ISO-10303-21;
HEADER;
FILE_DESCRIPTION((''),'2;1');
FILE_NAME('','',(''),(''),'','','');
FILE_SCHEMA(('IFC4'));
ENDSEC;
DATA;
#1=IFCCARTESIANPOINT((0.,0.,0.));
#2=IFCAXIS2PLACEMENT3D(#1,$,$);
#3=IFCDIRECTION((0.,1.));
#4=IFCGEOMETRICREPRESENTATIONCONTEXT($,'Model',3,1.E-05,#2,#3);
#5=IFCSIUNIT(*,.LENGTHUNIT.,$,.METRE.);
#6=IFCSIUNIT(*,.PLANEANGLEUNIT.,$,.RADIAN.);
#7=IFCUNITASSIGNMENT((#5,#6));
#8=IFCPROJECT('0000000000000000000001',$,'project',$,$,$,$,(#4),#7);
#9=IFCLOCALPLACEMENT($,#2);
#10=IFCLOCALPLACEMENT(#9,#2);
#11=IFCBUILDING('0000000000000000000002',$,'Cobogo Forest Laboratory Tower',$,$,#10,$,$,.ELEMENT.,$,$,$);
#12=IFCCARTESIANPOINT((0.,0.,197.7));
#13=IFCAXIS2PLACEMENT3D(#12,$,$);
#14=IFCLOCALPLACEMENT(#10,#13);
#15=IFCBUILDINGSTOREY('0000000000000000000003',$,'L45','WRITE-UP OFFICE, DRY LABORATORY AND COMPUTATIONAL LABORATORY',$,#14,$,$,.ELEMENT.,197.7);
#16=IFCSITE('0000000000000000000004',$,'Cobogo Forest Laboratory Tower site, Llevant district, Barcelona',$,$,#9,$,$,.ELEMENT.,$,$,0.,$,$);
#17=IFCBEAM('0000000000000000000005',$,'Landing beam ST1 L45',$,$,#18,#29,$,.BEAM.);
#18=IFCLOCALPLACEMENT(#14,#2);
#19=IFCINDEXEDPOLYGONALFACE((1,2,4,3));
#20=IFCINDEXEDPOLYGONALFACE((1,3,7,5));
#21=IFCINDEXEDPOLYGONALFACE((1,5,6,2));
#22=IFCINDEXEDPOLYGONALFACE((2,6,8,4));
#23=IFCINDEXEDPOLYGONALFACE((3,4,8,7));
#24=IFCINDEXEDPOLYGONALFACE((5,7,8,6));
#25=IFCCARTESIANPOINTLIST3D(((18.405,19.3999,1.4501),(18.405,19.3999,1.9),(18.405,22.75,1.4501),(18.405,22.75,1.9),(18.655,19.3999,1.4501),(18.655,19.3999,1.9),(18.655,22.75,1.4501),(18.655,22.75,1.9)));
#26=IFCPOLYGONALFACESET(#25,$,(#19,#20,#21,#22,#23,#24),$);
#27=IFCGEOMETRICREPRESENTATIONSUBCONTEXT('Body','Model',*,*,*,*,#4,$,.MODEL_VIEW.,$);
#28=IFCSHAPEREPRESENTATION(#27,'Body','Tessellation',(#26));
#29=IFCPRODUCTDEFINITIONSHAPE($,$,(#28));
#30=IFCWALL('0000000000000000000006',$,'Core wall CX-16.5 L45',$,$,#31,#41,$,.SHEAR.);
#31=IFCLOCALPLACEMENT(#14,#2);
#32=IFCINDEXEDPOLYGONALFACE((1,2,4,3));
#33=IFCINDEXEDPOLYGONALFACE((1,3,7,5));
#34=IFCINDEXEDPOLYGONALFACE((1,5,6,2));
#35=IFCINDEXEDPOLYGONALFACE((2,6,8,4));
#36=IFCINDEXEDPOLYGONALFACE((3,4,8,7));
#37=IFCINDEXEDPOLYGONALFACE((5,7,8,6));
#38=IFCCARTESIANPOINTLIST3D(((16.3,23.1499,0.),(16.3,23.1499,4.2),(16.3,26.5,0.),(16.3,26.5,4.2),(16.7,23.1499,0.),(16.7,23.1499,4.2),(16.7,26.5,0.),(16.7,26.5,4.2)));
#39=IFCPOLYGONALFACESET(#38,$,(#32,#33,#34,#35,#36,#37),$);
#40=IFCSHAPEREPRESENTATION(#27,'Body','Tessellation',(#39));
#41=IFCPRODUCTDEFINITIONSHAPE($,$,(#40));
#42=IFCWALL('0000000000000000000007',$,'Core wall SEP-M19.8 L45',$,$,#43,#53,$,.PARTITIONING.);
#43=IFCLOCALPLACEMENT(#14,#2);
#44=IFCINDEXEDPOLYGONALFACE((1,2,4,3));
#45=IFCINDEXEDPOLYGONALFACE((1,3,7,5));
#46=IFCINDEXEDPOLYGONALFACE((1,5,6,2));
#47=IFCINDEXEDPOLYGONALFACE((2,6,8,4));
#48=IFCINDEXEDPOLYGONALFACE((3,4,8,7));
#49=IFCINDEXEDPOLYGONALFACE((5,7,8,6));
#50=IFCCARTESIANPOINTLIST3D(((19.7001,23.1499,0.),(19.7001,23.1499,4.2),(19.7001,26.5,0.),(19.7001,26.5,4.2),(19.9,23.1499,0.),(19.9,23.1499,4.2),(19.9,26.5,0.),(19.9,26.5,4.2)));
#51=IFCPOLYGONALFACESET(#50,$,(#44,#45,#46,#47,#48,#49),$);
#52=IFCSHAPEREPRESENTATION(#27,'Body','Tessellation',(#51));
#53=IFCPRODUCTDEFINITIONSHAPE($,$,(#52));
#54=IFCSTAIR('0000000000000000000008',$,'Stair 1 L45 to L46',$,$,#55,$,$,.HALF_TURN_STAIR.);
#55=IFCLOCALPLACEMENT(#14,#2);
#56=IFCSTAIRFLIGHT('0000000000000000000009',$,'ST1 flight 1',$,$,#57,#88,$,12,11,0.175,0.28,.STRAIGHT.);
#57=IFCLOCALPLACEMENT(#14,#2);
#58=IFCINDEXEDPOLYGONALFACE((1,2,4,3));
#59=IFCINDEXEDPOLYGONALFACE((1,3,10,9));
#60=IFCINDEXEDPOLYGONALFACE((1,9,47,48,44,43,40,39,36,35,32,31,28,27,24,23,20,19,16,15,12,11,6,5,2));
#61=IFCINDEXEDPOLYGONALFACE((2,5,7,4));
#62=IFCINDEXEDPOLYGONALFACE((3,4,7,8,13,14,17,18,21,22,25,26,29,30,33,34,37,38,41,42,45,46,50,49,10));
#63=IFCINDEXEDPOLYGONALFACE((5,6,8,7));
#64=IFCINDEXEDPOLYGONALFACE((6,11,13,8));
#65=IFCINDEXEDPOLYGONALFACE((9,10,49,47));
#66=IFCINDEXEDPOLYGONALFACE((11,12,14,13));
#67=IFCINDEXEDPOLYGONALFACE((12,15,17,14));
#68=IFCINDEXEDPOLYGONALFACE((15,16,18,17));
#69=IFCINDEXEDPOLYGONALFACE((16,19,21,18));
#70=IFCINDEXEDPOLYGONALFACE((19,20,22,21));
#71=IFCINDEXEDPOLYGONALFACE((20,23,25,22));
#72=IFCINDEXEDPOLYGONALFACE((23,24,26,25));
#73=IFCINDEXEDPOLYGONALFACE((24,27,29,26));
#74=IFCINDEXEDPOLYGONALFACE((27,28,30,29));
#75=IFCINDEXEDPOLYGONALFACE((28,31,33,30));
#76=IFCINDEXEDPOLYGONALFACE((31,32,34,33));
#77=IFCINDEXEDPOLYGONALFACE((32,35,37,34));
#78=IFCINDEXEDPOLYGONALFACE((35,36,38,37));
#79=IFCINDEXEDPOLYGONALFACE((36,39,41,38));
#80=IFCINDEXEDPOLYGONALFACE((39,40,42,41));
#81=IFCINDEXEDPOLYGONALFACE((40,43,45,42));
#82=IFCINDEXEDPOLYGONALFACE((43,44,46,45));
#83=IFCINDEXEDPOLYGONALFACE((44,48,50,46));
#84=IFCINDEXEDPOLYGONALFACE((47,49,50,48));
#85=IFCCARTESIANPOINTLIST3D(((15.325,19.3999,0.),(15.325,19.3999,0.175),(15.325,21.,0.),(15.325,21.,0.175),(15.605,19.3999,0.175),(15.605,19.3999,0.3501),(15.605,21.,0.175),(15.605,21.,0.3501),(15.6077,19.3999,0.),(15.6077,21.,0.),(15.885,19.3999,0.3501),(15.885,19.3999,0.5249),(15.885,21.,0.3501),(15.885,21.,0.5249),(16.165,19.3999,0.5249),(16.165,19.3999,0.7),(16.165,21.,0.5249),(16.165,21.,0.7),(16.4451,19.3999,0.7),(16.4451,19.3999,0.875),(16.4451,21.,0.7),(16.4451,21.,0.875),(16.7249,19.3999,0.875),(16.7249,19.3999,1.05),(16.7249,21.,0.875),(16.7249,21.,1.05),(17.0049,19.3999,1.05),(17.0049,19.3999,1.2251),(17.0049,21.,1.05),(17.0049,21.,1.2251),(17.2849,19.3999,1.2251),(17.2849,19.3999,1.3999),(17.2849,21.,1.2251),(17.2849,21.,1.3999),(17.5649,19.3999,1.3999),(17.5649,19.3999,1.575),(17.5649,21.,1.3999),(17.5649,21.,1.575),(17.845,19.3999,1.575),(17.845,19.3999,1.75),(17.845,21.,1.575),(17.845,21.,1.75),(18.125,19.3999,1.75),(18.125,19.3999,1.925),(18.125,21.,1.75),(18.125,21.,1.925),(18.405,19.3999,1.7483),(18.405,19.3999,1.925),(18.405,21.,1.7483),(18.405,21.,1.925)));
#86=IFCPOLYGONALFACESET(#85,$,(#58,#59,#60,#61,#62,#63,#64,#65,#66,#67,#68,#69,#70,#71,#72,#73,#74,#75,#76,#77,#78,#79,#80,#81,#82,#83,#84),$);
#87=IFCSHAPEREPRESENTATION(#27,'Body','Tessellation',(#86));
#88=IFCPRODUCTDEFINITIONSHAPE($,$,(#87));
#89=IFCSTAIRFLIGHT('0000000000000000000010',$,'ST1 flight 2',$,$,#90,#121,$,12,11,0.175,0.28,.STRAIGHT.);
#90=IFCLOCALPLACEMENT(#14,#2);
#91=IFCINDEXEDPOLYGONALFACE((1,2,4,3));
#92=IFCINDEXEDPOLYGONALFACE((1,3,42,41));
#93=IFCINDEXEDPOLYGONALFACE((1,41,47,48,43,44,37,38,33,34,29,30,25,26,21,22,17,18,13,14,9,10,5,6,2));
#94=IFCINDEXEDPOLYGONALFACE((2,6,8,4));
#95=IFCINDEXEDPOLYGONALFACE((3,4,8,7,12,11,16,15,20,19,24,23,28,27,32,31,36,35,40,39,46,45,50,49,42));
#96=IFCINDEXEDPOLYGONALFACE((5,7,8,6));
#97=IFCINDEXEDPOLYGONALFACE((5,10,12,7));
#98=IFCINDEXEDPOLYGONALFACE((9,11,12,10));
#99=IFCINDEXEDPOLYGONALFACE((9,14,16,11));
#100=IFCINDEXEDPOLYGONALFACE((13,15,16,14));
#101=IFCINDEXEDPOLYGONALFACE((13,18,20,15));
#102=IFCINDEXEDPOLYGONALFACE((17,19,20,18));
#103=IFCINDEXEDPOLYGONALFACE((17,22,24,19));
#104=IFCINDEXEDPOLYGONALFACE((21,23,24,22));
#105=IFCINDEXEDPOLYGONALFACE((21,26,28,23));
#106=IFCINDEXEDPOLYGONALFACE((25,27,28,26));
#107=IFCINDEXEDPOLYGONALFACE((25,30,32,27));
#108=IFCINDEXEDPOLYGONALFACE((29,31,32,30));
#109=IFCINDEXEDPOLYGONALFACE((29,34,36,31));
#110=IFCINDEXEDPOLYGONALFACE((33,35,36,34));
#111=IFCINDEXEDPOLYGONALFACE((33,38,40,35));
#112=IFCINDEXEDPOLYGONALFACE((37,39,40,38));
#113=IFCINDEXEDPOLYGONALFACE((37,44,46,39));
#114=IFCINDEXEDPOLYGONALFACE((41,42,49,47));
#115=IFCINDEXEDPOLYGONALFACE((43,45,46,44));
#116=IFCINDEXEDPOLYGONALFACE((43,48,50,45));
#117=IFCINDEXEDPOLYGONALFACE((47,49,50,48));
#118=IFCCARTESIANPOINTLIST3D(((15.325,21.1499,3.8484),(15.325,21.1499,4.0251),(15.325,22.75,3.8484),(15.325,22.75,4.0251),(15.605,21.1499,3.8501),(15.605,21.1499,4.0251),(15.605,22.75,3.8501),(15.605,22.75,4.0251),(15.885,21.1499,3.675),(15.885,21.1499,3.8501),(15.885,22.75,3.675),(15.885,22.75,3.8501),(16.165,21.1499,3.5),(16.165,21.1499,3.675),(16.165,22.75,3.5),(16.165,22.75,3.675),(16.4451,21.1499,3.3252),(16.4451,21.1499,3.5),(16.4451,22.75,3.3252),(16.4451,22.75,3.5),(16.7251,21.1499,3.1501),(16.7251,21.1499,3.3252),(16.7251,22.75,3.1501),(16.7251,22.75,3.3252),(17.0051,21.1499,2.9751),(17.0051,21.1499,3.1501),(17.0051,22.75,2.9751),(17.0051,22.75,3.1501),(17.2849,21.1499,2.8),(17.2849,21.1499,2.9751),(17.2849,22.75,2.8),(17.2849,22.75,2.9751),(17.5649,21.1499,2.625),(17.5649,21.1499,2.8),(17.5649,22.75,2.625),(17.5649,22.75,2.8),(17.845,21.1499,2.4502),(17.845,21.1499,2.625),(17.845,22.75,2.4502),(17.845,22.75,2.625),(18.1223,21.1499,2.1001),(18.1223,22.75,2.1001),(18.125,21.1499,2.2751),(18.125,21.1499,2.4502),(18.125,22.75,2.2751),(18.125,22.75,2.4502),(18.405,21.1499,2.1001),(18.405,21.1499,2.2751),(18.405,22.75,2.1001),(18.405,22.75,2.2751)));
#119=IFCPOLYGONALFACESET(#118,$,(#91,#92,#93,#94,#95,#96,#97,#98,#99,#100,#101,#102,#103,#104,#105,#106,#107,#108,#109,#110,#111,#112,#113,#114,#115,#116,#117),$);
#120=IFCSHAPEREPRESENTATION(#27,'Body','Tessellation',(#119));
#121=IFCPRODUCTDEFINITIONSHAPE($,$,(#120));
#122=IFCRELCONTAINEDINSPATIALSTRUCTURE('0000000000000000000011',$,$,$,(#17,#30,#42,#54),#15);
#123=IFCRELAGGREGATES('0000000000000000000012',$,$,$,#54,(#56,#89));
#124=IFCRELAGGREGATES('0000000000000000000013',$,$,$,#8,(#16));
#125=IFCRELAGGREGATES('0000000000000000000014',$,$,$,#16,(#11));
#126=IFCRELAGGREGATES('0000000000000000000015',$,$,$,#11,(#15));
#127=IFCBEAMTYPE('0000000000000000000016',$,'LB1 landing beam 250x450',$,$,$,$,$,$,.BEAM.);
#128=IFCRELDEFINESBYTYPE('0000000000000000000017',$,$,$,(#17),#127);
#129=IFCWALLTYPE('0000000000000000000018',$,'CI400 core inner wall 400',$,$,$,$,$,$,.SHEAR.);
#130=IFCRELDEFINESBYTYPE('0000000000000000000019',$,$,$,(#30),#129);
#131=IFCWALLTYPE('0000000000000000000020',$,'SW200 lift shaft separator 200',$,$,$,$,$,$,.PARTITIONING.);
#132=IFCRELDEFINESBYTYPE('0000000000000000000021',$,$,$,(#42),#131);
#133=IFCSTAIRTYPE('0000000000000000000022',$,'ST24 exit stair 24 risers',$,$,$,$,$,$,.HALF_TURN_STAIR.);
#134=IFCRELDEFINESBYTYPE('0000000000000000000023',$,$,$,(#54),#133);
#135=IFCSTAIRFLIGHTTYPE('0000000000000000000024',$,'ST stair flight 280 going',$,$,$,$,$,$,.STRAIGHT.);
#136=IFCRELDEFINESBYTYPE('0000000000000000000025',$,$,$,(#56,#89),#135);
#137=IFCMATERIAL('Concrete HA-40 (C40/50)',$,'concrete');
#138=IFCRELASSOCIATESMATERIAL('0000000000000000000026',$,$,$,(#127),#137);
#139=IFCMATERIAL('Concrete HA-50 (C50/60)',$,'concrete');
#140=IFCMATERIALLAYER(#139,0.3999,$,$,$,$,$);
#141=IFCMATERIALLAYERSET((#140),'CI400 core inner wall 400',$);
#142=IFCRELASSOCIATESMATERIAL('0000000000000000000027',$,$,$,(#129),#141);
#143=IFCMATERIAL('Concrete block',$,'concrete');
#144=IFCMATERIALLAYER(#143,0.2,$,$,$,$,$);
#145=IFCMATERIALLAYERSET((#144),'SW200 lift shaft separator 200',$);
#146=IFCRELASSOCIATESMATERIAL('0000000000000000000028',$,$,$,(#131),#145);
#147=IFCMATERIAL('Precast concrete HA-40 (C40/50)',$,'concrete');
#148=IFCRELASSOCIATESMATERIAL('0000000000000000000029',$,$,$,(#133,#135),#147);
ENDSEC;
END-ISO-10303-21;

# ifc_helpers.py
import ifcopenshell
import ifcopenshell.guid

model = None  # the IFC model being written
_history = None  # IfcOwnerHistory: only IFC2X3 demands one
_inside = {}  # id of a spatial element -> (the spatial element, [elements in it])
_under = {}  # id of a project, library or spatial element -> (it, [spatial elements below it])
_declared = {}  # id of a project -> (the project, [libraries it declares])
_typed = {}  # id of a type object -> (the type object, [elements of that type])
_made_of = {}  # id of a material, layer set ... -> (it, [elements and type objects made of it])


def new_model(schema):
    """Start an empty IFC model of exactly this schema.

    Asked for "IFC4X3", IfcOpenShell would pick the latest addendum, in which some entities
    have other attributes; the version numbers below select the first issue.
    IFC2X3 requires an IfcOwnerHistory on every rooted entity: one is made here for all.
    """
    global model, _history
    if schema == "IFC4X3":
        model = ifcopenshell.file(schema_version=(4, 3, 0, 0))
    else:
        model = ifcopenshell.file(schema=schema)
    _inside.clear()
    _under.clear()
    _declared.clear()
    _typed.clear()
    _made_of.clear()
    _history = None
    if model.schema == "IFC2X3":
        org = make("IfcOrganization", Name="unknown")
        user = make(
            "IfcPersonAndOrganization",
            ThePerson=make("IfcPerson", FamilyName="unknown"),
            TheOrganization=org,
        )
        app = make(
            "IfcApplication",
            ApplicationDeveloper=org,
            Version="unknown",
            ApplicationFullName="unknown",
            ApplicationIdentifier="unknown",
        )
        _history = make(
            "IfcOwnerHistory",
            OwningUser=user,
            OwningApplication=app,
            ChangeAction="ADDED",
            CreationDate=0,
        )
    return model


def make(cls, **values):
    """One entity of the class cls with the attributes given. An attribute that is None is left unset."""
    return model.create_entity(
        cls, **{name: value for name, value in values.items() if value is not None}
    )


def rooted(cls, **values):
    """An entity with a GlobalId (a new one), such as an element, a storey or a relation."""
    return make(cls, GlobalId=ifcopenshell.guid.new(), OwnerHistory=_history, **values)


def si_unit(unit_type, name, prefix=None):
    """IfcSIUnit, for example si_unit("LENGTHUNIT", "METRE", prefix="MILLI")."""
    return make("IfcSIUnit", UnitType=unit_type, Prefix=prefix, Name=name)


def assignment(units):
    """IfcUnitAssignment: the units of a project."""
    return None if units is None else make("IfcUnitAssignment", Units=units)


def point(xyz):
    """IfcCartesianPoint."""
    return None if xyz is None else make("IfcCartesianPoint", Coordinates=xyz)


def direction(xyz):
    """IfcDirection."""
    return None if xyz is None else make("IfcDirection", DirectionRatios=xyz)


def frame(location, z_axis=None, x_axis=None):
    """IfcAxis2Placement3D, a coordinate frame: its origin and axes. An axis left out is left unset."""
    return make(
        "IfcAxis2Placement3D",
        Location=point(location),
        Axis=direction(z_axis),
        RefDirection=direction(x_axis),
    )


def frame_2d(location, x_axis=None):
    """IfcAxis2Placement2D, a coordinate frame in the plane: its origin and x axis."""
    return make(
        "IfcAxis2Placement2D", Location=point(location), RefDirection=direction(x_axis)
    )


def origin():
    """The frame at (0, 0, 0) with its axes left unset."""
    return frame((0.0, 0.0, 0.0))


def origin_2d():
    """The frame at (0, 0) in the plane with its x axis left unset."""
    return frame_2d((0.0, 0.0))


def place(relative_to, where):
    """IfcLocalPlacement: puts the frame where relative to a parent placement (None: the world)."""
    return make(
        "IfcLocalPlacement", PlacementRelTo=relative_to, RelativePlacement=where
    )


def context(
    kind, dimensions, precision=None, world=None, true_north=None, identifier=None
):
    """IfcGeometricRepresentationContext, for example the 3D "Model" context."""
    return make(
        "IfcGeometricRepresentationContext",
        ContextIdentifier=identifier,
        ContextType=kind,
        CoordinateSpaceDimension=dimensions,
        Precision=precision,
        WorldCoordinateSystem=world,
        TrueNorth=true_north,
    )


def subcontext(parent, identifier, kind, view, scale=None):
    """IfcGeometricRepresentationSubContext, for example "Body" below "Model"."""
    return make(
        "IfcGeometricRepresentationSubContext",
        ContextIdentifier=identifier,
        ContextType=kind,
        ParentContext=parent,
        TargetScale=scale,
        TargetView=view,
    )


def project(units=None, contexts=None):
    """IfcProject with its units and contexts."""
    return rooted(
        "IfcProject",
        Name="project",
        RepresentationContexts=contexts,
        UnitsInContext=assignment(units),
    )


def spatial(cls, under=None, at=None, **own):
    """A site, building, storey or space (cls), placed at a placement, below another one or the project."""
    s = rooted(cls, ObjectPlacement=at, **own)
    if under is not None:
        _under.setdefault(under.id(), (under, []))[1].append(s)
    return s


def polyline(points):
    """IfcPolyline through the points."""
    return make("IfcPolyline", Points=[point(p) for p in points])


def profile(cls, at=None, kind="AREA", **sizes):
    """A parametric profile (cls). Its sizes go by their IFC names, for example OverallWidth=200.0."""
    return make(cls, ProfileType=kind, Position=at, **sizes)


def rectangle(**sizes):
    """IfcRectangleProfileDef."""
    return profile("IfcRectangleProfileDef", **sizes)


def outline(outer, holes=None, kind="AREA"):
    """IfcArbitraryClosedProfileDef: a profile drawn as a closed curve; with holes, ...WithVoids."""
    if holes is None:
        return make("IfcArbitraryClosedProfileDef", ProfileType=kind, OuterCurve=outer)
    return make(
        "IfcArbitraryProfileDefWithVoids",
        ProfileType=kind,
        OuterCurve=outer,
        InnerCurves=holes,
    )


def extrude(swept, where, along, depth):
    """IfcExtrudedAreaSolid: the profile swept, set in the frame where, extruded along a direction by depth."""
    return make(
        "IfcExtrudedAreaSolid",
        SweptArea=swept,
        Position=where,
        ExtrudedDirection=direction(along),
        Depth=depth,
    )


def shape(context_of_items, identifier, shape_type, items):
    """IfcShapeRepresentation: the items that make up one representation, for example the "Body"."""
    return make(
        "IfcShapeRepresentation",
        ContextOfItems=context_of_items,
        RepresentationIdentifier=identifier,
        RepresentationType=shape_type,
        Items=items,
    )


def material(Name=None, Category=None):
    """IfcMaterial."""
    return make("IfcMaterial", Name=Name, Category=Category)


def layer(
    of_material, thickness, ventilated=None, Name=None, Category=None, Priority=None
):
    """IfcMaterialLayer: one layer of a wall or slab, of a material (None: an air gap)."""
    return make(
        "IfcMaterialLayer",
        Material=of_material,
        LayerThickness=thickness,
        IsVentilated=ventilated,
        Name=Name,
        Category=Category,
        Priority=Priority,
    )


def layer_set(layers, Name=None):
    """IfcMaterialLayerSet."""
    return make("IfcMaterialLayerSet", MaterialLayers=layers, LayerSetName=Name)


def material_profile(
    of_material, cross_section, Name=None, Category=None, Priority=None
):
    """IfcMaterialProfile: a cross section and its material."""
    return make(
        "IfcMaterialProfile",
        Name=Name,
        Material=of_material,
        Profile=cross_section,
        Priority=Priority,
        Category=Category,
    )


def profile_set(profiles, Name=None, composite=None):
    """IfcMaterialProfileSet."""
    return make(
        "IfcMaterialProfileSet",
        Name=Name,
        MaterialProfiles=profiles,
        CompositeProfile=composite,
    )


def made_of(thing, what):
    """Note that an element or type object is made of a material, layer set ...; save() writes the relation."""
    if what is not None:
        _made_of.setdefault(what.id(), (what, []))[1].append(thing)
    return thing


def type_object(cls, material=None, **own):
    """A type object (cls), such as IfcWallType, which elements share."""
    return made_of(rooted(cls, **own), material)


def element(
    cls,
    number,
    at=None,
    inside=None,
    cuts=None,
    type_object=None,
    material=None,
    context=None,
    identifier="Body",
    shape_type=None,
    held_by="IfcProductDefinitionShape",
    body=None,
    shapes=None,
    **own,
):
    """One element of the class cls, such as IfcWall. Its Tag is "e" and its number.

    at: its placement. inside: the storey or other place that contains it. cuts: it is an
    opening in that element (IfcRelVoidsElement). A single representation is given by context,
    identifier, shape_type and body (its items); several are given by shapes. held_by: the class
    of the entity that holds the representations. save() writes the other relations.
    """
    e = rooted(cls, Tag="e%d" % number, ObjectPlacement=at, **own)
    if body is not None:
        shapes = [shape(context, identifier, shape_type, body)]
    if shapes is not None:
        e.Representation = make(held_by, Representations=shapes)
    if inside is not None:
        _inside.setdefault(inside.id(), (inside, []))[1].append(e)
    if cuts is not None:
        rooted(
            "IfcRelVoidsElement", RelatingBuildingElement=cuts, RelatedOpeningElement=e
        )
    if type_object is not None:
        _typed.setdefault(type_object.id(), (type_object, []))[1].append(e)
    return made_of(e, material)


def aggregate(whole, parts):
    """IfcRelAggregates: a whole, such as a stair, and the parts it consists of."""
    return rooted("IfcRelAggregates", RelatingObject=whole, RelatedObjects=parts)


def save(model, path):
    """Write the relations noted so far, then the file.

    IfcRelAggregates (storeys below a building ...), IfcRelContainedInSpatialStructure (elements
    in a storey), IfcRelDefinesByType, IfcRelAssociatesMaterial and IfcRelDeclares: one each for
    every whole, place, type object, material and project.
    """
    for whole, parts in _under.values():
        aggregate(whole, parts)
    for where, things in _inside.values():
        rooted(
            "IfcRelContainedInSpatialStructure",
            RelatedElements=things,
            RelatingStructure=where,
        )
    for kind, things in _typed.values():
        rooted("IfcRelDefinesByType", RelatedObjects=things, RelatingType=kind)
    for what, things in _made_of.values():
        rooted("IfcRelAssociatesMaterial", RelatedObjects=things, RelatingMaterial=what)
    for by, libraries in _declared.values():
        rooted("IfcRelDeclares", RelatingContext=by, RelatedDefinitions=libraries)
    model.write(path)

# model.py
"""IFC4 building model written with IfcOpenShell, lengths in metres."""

from ifc_helpers import new_model, si_unit, direction, frame, frame_2d, origin, origin_2d, place, context, subcontext, project, spatial, polyline, rectangle, outline, extrude, material, layer, layer_set, material_profile, profile_set, type_object, element, aggregate, save


model = new_model("IFC4")

# Units and contexts
model_context = context("Model", 3, precision=1e-05, world=origin(), true_north=direction((0.0, 1.0)))
body_context = subcontext(model_context, "Body", "Model", "MODEL_VIEW")
ifc_project = project(units=[si_unit("LENGTHUNIT", "METRE"), si_unit("PLANEANGLEUNIT", "RADIAN")], contexts=[model_context])

# Site, building, storey
site_placement = place(None, origin())
site = spatial("IfcSite", under=ifc_project, at=site_placement, Name="Cobogo Forest Laboratory Tower site, Llevant district, Barcelona", CompositionType="ELEMENT", RefElevation=0.0)
building_placement = place(site_placement, origin())
building = spatial("IfcBuilding", under=site, at=building_placement, Name="Cobogo Forest Laboratory Tower", CompositionType="ELEMENT")
storey_placement = place(building_placement, frame((0.0, 0.0, 197.7)))
storey = spatial("IfcBuildingStorey", under=building, at=storey_placement, Name="L45", Description="WRITE-UP OFFICE, DRY LABORATORY AND COMPUTATIONAL LABORATORY", CompositionType="ELEMENT", Elevation=197.7)

# Beam
ifc_material_1 = material(Name="Concrete HA-40 (C40/50)", Category="concrete")
ifc_material_profile = material_profile(ifc_material_1, rectangle(XDim=0.25, YDim=0.45, at=origin_2d()), Name="RC 250x450")
ifc_profile_set = profile_set([ifc_material_profile], Name="Concrete HA-40 (C40/50)")
beam_type = type_object("IfcBeamType", Name="LB1 landing beam 250x450", PredefinedType="BEAM", material=ifc_profile_set)
beam_placement = place(storey_placement, frame((18.53, 19.3999, 1.675), z_axis=(0.0, 1.0, 0.0), x_axis=(-1.0, 0.0, 0.0)))
element("IfcBeam", 1, at=beam_placement, inside=storey, type_object=beam_type, Name="Landing beam ST1 L45", PredefinedType="BEAM", context=body_context, shape_type="SweptSolid", body=[
    extrude(rectangle(XDim=0.25, YDim=0.45, at=origin_2d()), origin(), (0.0, 0.0, 1.0), 3.3501),
])

# Walls
ifc_material_2 = material(Name="Concrete HA-50 (C50/60)", Category="concrete")
ifc_layer_1 = layer(ifc_material_2, 0.3999)
ifc_layer_set_1 = layer_set([ifc_layer_1], Name="CI400 core inner wall 400")
wall_type_1 = type_object("IfcWallType", Name="CI400 core inner wall 400", PredefinedType="SHEAR", material=ifc_layer_set_1)
wall_1_placement = place(storey_placement, frame((16.5, 23.1499, 0.0), z_axis=(0.0, 0.0, 1.0), x_axis=(0.0, 1.0, 0.0)))
element("IfcWall", 2, at=wall_1_placement, inside=storey, type_object=wall_type_1, Name="Core wall CX-16.5 L45", PredefinedType="SHEAR", context=body_context, shape_type="SweptSolid", body=[
    extrude(rectangle(XDim=3.3501, YDim=0.3999, at=frame_2d((1.675, 0.0))), origin(), (0.0, 0.0, 1.0), 4.2),
])
ifc_material_3 = material(Name="Concrete block", Category="concrete")
ifc_layer_2 = layer(ifc_material_3, 0.2)
ifc_layer_set_2 = layer_set([ifc_layer_2], Name="SW200 lift shaft separator 200")
wall_type_2 = type_object("IfcWallType", Name="SW200 lift shaft separator 200", PredefinedType="PARTITIONING", material=ifc_layer_set_2)
wall_2_placement = place(storey_placement, frame((19.8, 23.1499, 0.0), z_axis=(0.0, 0.0, 1.0), x_axis=(0.0, 1.0, 0.0)))
element("IfcWall", 3, at=wall_2_placement, inside=storey, type_object=wall_type_2, Name="Core wall SEP-M19.8 L45", PredefinedType="PARTITIONING", context=body_context, shape_type="SweptSolid", body=[
    extrude(rectangle(XDim=3.3501, YDim=0.2, at=frame_2d((1.675, 0.0))), origin(), (0.0, 0.0, 1.0), 4.2),
])

# Stair, stair flights
ifc_material_4 = material(Name="Precast concrete HA-40 (C40/50)", Category="concrete")
stair_type = type_object("IfcStairType", Name="ST24 exit stair 24 risers", PredefinedType="HALF_TURN_STAIR", material=ifc_material_4)
stair_placement = place(storey_placement, origin())
stair = element("IfcStair", 4, at=stair_placement, inside=storey, type_object=stair_type, Name="Stair 1 L45 to L46", PredefinedType="HALF_TURN_STAIR")
stair_flight_type = type_object("IfcStairFlightType", Name="ST stair flight 280 going", PredefinedType="STRAIGHT", material=ifc_material_4)
stair_flight_1_placement = place(storey_placement, frame((15.325, 20.2, 0.0), z_axis=(0.0, 0.0, 1.0), x_axis=(1.0, 0.0, 0.0)))
stair_flight_1 = element("IfcStairFlight", 5, at=stair_flight_1_placement, type_object=stair_flight_type, Name="ST1 flight 1", NumberOfRisers=12, NumberOfTreads=11, PredefinedType="STRAIGHT", RiserHeight=0.175, TreadLength=0.28, context=body_context, shape_type="SweptSolid", body=[
    extrude(outline(polyline([(0.0, 0.0), (0.0, 0.175), (0.28, 0.175), (0.28, 0.3501), (0.5601, 0.3501), (0.5601, 0.5249), (0.8401, 0.5249), (0.8401, 0.7), (1.1201, 0.7), (1.1201, 0.875), (1.3999, 0.875), (1.3999, 1.05), (1.6799, 1.05), (1.6799, 1.2251), (1.96, 1.2251), (1.96, 1.3999), (2.24, 1.3999), (2.24, 1.575), (2.52, 1.575), (2.52, 1.75), (2.8, 1.75), (2.8, 1.925), (3.0801, 1.925), (3.0801, 2.1001), (3.0801, 1.7483), (0.2827, 0.0), (0.0, 0.0)])), frame((0.0, 0.8, 0.0), z_axis=(0.0, -1.0, 0.0), x_axis=(1.0, 0.0, 0.0)), (0.0, 0.0, 1.0), 1.6001),
])
stair_flight_2_placement = place(storey_placement, frame((18.405, 21.95, 2.1001), z_axis=(0.0, 0.0, 1.0), x_axis=(-1.0, 0.0, 0.0)))
stair_flight_2 = element("IfcStairFlight", 6, at=stair_flight_2_placement, type_object=stair_flight_type, Name="ST1 flight 2", NumberOfRisers=12, NumberOfTreads=11, PredefinedType="STRAIGHT", RiserHeight=0.175, TreadLength=0.28, context=body_context, shape_type="SweptSolid", body=[
    extrude(outline(polyline([(0.0, 0.0), (0.0, 0.175), (0.28, 0.175), (0.28, 0.3501), (0.5601, 0.3501), (0.5601, 0.5249), (0.8401, 0.5249), (0.8401, 0.7), (1.1201, 0.7), (1.1201, 0.875), (1.3999, 0.875), (1.3999, 1.05), (1.6799, 1.05), (1.6799, 1.2251), (1.96, 1.2251), (1.96, 1.3999), (2.24, 1.3999), (2.24, 1.575), (2.52, 1.575), (2.52, 1.75), (2.8, 1.75), (2.8, 1.925), (3.0801, 1.925), (3.0801, 2.1001), (3.0801, 1.7483), (0.2827, 0.0), (0.0, 0.0)])), frame((0.0, 0.8, 0.0), z_axis=(0.0, -1.0, 0.0), x_axis=(1.0, 0.0, 0.0)), (0.0, 0.0, 1.0), 1.6001),
])
aggregate(stair, [stair_flight_1, stair_flight_2])

save(model, "model.ifc")
